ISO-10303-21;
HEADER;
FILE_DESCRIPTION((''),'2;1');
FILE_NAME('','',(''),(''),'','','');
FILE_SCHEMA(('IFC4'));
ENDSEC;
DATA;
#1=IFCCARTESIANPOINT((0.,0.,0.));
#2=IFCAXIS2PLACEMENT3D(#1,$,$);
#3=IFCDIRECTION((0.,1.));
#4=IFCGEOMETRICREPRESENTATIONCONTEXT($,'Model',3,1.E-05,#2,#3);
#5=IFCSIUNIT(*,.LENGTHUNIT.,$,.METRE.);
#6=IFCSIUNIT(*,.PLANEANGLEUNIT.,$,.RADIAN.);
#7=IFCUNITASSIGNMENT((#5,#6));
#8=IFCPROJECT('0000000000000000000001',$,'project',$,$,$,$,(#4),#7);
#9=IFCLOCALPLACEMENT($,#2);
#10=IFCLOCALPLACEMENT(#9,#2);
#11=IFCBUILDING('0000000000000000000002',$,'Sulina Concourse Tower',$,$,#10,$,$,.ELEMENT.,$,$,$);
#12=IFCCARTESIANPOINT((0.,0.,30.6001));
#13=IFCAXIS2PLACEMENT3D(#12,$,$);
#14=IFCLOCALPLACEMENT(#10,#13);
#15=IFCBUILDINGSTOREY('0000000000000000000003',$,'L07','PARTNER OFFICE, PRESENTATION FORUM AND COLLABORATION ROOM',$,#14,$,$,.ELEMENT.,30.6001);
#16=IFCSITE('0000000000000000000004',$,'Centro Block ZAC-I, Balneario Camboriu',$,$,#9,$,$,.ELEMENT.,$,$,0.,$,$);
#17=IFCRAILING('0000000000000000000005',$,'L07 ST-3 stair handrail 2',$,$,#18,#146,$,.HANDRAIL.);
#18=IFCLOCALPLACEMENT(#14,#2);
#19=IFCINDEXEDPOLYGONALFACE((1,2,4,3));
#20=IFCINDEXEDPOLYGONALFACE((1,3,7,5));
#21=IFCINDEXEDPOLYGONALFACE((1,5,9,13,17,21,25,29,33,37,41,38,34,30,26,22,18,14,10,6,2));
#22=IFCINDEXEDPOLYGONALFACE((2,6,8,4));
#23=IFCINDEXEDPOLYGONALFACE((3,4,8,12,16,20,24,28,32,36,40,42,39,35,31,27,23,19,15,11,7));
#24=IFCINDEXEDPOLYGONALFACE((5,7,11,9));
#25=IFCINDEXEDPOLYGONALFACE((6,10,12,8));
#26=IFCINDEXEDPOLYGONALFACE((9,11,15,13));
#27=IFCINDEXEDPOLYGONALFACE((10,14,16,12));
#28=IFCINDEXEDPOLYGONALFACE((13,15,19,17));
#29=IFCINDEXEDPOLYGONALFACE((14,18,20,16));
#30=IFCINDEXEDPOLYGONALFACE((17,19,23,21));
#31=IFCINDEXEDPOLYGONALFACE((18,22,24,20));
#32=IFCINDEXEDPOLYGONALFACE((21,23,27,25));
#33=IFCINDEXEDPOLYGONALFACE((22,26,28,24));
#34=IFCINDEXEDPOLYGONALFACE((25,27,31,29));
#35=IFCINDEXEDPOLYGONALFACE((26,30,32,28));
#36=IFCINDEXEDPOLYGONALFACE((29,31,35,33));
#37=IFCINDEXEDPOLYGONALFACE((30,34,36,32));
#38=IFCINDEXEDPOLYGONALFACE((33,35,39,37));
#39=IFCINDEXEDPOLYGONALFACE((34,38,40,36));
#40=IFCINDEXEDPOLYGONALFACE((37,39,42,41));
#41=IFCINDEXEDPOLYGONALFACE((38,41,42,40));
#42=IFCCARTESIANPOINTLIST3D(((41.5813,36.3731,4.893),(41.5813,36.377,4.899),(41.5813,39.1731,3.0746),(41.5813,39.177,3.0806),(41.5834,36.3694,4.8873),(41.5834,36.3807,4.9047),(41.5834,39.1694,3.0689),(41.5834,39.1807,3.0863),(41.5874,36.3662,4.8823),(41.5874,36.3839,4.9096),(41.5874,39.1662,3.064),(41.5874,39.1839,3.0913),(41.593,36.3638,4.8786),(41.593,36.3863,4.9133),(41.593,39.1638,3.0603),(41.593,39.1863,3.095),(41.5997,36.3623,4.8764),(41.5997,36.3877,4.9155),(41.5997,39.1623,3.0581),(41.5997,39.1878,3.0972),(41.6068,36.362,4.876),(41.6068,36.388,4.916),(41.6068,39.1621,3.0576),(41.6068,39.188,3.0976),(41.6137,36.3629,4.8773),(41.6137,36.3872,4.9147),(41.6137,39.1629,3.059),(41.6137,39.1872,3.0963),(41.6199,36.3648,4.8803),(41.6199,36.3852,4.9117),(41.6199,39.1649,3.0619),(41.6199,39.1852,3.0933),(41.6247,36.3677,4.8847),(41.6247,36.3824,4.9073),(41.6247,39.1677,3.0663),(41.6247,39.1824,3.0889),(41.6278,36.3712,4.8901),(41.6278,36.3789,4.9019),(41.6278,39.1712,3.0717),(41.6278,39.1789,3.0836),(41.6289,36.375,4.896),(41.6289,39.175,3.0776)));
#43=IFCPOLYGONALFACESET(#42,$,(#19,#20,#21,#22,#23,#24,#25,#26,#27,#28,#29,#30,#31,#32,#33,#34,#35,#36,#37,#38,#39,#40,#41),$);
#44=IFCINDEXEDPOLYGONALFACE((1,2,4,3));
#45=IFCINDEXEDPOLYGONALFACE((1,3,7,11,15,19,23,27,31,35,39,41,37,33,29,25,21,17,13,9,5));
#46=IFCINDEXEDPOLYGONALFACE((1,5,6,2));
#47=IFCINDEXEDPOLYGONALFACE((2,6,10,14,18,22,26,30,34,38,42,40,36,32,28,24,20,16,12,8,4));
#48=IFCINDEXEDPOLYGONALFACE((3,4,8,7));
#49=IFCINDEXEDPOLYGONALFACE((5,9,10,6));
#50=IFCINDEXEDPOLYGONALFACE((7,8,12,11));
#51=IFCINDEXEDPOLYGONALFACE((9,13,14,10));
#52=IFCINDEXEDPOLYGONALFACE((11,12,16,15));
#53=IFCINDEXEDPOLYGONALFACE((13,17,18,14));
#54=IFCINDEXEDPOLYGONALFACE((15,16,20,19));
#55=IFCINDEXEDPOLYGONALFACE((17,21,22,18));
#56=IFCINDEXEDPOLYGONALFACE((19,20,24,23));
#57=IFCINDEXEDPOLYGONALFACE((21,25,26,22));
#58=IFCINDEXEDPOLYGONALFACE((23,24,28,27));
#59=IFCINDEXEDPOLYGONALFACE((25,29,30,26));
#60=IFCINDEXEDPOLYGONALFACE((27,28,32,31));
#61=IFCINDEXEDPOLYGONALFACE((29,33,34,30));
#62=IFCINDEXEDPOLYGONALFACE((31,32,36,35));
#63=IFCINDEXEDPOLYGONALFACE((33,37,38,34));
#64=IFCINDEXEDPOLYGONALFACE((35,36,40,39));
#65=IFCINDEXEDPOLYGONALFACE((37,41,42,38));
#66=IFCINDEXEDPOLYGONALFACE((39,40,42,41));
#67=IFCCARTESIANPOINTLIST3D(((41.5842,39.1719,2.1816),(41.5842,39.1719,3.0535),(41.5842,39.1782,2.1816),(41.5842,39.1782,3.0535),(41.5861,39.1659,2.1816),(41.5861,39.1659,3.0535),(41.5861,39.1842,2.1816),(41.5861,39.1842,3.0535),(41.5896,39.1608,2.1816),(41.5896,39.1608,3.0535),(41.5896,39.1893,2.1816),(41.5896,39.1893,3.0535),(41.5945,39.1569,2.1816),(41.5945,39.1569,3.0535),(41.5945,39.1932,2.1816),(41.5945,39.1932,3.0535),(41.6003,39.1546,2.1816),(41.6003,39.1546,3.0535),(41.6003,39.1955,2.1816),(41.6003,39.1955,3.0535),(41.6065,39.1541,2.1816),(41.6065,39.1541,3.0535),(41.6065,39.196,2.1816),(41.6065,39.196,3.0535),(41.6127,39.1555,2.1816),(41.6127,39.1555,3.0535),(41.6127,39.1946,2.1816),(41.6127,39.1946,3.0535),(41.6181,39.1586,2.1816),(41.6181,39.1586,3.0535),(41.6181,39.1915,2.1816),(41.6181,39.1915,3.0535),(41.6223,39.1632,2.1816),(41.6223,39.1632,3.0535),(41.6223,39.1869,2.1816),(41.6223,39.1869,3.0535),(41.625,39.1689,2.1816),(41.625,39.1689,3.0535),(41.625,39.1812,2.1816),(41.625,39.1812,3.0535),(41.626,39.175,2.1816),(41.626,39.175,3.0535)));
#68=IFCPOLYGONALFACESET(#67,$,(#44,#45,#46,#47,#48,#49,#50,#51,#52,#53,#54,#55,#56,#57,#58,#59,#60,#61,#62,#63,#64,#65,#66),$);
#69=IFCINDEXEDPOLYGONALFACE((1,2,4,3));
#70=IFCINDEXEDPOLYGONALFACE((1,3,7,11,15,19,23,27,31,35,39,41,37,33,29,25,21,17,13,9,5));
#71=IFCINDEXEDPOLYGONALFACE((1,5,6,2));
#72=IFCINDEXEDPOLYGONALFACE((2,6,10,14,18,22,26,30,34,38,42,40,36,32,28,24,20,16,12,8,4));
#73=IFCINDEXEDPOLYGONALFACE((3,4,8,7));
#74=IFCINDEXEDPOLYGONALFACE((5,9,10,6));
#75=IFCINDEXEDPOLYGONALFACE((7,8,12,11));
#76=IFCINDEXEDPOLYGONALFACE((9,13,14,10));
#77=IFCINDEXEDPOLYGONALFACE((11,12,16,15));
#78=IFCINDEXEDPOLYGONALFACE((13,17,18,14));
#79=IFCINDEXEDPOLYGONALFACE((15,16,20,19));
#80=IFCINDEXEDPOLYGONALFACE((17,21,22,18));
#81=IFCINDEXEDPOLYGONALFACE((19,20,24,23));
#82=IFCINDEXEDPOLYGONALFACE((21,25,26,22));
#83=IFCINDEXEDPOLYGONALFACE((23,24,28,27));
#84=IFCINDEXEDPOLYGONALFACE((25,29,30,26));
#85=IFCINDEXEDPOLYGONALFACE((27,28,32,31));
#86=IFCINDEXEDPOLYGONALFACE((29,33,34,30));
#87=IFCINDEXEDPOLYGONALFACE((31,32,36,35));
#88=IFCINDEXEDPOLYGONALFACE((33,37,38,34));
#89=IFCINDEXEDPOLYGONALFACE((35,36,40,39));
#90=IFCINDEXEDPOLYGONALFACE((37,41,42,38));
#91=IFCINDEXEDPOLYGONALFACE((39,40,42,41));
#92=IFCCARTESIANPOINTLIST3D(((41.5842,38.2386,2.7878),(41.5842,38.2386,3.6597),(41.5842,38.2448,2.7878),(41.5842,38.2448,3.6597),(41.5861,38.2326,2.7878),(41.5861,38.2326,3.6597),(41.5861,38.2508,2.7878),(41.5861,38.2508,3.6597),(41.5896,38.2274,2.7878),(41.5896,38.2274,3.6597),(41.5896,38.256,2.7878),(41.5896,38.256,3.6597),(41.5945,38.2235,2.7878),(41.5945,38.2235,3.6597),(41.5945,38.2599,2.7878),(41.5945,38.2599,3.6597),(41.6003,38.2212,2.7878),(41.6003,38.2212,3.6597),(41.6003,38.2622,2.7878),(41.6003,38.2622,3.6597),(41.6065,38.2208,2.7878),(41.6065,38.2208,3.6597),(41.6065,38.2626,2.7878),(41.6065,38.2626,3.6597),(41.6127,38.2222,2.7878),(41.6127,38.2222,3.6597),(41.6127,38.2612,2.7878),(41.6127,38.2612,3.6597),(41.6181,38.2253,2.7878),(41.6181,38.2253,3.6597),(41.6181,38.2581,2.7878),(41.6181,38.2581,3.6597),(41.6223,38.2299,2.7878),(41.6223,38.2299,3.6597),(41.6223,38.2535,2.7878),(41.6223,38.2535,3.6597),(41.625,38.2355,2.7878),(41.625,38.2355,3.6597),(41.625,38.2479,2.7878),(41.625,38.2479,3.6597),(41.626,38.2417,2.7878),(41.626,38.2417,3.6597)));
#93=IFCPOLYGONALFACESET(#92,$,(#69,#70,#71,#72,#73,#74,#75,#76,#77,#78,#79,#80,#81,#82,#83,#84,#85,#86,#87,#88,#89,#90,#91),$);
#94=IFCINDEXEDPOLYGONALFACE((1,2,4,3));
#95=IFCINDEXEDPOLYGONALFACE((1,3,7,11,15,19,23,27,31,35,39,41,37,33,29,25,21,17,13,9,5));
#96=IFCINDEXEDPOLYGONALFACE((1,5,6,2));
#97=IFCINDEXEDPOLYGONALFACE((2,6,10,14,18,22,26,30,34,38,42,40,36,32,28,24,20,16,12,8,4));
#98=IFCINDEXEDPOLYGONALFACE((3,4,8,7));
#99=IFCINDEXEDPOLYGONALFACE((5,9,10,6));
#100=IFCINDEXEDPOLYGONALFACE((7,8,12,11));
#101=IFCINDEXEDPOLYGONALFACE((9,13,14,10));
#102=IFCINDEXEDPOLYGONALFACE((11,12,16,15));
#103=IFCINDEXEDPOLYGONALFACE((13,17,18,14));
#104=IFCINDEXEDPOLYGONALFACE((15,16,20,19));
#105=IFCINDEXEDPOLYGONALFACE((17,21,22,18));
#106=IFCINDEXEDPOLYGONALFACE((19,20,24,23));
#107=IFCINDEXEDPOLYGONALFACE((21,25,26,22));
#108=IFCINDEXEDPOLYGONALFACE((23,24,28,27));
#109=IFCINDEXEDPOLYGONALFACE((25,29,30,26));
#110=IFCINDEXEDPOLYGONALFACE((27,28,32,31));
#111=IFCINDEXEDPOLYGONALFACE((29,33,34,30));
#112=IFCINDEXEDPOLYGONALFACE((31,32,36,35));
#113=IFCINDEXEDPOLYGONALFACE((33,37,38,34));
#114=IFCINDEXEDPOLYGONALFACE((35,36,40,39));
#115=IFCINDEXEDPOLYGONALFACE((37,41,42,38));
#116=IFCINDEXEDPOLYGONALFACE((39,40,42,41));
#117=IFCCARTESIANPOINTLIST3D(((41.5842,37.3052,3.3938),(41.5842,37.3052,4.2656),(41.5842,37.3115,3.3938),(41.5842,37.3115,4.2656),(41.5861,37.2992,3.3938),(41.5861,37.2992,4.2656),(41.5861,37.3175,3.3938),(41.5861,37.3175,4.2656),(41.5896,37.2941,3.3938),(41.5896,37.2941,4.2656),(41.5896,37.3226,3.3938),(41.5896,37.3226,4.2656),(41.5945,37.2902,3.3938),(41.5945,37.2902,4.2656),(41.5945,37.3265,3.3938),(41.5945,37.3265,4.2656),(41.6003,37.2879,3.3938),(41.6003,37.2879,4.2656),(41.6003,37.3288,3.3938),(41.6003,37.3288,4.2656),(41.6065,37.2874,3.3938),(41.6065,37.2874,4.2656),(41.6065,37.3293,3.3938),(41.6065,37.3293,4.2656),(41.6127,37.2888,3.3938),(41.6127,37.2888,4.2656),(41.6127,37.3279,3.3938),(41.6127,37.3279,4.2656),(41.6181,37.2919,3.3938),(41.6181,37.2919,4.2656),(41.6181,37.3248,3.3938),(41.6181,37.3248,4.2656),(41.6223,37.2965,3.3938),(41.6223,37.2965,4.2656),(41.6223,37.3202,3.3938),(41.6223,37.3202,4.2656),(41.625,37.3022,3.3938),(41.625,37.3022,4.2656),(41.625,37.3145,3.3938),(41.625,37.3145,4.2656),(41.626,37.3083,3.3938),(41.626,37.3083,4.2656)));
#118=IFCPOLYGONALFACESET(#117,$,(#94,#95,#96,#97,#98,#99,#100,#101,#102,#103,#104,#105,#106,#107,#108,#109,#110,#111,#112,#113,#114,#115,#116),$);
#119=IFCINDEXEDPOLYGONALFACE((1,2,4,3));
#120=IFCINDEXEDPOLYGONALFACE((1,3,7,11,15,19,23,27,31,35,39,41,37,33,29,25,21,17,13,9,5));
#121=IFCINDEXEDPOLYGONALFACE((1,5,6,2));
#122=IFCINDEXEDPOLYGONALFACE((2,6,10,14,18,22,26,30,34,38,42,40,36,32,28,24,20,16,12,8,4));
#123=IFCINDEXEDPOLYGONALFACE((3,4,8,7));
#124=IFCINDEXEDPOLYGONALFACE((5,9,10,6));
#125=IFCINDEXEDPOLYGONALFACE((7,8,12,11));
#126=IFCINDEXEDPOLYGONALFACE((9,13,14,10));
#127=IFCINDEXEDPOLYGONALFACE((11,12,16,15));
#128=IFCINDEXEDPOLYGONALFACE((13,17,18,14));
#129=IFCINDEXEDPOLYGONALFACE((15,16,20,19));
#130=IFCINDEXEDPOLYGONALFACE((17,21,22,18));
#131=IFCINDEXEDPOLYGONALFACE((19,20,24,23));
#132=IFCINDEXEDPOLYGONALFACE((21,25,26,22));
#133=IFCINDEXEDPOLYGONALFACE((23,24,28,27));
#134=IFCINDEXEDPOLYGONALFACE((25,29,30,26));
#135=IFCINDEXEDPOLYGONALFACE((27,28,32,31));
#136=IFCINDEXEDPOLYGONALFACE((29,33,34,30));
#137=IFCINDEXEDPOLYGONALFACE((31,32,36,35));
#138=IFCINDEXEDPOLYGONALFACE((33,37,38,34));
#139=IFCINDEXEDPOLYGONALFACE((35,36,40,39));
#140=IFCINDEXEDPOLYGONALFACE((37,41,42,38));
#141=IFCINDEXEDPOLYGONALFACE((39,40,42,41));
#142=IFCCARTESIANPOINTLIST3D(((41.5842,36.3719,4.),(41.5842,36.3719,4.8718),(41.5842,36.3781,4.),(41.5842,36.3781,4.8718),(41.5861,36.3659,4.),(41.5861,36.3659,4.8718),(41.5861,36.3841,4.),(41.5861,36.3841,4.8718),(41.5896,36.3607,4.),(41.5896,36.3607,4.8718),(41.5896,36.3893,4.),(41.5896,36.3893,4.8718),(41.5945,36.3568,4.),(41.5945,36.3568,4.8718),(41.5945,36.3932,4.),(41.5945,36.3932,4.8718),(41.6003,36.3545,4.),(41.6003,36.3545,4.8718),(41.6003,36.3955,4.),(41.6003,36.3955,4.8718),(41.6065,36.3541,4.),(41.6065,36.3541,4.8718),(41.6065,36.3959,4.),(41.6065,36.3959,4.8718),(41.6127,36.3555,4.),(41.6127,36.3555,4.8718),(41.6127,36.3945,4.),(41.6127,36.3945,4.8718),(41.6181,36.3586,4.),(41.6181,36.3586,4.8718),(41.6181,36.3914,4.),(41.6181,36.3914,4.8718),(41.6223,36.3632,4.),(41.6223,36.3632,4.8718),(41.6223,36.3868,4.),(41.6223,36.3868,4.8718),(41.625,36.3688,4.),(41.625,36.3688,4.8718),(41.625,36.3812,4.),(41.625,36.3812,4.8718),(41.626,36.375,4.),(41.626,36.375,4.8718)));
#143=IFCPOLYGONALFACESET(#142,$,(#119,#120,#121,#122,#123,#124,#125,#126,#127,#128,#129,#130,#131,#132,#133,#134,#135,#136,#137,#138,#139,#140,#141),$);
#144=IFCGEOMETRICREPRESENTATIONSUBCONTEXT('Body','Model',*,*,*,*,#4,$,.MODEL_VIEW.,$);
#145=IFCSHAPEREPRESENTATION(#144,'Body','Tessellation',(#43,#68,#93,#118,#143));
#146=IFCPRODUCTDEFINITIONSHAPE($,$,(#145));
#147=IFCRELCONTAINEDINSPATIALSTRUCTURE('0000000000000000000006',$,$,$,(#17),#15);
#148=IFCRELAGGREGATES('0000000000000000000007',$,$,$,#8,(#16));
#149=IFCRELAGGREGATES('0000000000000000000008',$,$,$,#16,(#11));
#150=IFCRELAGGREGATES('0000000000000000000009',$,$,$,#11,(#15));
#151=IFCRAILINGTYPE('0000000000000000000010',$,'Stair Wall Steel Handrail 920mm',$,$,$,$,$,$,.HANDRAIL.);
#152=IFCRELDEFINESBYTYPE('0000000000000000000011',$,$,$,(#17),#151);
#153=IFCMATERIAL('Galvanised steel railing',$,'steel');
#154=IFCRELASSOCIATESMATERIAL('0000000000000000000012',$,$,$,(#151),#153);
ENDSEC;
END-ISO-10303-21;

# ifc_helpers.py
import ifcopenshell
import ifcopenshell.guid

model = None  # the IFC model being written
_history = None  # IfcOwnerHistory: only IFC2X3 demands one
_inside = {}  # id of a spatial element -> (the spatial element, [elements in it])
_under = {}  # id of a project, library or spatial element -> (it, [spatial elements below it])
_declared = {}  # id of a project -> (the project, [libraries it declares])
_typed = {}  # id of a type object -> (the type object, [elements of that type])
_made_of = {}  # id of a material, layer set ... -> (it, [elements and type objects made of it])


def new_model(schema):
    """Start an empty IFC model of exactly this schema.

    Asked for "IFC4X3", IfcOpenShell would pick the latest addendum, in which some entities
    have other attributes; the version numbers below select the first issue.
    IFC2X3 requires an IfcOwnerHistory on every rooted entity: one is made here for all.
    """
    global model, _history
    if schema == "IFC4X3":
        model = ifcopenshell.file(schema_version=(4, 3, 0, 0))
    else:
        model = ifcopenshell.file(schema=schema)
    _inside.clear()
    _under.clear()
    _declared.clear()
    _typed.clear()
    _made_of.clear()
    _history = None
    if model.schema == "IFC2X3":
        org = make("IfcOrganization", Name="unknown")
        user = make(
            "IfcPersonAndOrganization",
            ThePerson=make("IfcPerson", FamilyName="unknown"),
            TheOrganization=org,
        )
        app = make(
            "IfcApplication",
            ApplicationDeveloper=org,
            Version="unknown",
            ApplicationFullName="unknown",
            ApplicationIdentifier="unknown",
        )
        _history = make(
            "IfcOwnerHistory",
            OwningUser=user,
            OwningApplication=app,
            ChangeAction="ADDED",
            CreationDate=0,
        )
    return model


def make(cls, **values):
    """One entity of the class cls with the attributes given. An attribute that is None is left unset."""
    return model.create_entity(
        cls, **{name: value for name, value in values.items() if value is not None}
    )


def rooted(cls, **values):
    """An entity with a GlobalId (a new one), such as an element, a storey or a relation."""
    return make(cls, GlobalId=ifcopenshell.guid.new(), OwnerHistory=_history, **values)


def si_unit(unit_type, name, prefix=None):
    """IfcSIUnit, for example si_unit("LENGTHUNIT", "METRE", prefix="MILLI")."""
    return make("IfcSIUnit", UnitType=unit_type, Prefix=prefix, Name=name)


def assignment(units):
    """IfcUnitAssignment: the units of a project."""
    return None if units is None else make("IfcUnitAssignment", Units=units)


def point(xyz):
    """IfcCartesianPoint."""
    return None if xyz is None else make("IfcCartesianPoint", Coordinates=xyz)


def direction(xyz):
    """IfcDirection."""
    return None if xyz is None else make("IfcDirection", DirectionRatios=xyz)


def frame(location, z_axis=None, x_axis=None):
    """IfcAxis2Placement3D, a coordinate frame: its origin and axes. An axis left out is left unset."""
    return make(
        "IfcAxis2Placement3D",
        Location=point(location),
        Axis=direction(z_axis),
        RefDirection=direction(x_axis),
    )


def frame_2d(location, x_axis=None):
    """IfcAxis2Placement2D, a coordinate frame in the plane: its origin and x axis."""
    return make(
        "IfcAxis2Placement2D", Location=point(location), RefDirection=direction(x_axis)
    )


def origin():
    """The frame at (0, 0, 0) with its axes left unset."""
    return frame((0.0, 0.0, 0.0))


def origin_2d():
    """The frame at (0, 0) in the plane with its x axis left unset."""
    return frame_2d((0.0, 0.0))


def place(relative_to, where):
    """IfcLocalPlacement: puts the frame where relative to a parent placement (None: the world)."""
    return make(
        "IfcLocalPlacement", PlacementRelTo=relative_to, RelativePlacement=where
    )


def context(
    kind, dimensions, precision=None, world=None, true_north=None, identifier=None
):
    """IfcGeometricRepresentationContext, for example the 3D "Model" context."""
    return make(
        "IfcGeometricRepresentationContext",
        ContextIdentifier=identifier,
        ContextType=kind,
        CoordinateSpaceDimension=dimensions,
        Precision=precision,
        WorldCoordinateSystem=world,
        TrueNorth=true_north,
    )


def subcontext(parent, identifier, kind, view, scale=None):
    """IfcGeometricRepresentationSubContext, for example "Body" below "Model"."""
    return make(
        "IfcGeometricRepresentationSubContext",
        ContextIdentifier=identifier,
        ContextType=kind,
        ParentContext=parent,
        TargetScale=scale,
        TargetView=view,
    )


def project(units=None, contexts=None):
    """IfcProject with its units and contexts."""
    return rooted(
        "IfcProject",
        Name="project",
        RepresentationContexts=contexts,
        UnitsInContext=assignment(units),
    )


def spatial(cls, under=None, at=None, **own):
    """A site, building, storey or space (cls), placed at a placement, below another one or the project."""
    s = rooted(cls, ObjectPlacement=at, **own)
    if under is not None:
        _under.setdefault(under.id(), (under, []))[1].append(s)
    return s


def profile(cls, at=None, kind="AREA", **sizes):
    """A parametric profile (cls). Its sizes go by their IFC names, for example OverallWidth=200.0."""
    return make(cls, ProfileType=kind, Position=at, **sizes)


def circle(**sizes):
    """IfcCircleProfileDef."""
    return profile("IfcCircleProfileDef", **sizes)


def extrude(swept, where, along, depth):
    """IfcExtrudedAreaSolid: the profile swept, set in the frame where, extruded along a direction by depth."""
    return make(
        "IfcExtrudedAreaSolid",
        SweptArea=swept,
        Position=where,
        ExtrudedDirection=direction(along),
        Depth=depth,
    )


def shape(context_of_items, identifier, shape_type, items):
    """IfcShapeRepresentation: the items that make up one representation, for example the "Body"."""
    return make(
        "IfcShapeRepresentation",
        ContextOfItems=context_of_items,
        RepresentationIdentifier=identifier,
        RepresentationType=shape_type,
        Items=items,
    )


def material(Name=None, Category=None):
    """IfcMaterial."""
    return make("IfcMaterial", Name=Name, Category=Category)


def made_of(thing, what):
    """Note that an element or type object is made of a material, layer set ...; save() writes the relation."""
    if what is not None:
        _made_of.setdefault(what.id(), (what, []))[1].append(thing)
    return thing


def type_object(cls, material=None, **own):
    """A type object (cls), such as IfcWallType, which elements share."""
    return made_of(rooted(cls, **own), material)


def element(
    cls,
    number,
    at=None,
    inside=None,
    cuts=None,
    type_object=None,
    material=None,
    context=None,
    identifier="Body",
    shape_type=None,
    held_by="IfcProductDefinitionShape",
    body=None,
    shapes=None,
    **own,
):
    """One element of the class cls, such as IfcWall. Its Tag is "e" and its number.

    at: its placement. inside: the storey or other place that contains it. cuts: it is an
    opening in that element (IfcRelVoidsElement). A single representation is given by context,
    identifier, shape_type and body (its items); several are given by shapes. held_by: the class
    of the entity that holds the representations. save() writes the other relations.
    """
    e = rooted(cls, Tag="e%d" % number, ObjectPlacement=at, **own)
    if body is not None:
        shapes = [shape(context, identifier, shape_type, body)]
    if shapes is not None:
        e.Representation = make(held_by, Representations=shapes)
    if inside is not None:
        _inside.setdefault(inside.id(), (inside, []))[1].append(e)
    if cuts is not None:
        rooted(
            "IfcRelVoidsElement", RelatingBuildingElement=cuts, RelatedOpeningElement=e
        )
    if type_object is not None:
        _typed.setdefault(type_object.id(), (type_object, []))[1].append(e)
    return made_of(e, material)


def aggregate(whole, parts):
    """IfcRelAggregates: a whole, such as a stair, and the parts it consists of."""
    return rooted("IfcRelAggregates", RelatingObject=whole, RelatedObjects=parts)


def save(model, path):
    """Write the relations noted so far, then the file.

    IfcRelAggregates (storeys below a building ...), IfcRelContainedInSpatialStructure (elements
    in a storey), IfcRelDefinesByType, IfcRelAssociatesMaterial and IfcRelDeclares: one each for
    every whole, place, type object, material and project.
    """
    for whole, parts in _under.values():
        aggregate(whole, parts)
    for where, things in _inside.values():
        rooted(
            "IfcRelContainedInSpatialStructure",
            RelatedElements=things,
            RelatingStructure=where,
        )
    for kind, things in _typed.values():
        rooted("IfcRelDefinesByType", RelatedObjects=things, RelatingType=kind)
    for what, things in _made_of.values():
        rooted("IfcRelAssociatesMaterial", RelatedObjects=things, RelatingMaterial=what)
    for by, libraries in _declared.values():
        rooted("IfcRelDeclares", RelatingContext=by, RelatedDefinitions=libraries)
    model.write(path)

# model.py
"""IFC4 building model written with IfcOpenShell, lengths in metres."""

from ifc_helpers import new_model, si_unit, direction, frame, origin, origin_2d, place, context, subcontext, project, spatial, circle, extrude, material, type_object, element, save


model = new_model("IFC4")

# Units and contexts
model_context = context("Model", 3, precision=1e-05, world=origin(), true_north=direction((0.0, 1.0)))
body_context = subcontext(model_context, "Body", "Model", "MODEL_VIEW")
ifc_project = project(units=[si_unit("LENGTHUNIT", "METRE"), si_unit("PLANEANGLEUNIT", "RADIAN")], contexts=[model_context])

# Site, building, storey
site_placement = place(None, origin())
site = spatial("IfcSite", under=ifc_project, at=site_placement, Name="Centro Block ZAC-I, Balneario Camboriu", CompositionType="ELEMENT", RefElevation=0.0)
building_placement = place(site_placement, origin())
building = spatial("IfcBuilding", under=site, at=building_placement, Name="Sulina Concourse Tower", CompositionType="ELEMENT")
storey_placement = place(building_placement, frame((0.0, 0.0, 30.6001)))
storey = spatial("IfcBuildingStorey", under=building, at=storey_placement, Name="L07", Description="PARTNER OFFICE, PRESENTATION FORUM AND COLLABORATION ROOM", CompositionType="ELEMENT", Elevation=30.6001)

# Railing
ifc_material_1 = material(Name="Galvanised steel railing", Category="steel")
railing_type_1 = type_object("IfcRailingType", Name="Stair Wall Steel Handrail 920mm", PredefinedType="HANDRAIL", material=ifc_material_1)
railing_1_placement = place(storey_placement, frame((41.605, 39.175, 2.1816)))
element("IfcRailing", 1, at=railing_1_placement, inside=storey, type_object=railing_type_1, Name="L07 ST-3 stair handrail 2", PredefinedType="HANDRAIL", context=body_context, shape_type="SweptSolid", body=[
    extrude(circle(Radius=0.0239, at=origin_2d()), frame((0.0, 0.0, 0.896), z_axis=(0.0, -0.838672, 0.544636), x_axis=(1.0, 0.0, 0.0)), (0.0, 0.0, 1.0), 3.3386),
    extrude(circle(Radius=0.021, at=origin_2d()), origin(), (0.0, 0.0, 1.0), 0.8718),
    extrude(circle(Radius=0.021, at=origin_2d()), frame((0.0, -0.9333, 0.6062)), (0.0, 0.0, 1.0), 0.8718),
    extrude(circle(Radius=0.021, at=origin_2d()), frame((0.0, -1.8667, 1.2122)), (0.0, 0.0, 1.0), 0.8718),
    extrude(circle(Radius=0.021, at=origin_2d()), frame((0.0, -2.8, 1.8184)), (0.0, 0.0, 1.0), 0.8718),
])

save(model, "model.ifc")
